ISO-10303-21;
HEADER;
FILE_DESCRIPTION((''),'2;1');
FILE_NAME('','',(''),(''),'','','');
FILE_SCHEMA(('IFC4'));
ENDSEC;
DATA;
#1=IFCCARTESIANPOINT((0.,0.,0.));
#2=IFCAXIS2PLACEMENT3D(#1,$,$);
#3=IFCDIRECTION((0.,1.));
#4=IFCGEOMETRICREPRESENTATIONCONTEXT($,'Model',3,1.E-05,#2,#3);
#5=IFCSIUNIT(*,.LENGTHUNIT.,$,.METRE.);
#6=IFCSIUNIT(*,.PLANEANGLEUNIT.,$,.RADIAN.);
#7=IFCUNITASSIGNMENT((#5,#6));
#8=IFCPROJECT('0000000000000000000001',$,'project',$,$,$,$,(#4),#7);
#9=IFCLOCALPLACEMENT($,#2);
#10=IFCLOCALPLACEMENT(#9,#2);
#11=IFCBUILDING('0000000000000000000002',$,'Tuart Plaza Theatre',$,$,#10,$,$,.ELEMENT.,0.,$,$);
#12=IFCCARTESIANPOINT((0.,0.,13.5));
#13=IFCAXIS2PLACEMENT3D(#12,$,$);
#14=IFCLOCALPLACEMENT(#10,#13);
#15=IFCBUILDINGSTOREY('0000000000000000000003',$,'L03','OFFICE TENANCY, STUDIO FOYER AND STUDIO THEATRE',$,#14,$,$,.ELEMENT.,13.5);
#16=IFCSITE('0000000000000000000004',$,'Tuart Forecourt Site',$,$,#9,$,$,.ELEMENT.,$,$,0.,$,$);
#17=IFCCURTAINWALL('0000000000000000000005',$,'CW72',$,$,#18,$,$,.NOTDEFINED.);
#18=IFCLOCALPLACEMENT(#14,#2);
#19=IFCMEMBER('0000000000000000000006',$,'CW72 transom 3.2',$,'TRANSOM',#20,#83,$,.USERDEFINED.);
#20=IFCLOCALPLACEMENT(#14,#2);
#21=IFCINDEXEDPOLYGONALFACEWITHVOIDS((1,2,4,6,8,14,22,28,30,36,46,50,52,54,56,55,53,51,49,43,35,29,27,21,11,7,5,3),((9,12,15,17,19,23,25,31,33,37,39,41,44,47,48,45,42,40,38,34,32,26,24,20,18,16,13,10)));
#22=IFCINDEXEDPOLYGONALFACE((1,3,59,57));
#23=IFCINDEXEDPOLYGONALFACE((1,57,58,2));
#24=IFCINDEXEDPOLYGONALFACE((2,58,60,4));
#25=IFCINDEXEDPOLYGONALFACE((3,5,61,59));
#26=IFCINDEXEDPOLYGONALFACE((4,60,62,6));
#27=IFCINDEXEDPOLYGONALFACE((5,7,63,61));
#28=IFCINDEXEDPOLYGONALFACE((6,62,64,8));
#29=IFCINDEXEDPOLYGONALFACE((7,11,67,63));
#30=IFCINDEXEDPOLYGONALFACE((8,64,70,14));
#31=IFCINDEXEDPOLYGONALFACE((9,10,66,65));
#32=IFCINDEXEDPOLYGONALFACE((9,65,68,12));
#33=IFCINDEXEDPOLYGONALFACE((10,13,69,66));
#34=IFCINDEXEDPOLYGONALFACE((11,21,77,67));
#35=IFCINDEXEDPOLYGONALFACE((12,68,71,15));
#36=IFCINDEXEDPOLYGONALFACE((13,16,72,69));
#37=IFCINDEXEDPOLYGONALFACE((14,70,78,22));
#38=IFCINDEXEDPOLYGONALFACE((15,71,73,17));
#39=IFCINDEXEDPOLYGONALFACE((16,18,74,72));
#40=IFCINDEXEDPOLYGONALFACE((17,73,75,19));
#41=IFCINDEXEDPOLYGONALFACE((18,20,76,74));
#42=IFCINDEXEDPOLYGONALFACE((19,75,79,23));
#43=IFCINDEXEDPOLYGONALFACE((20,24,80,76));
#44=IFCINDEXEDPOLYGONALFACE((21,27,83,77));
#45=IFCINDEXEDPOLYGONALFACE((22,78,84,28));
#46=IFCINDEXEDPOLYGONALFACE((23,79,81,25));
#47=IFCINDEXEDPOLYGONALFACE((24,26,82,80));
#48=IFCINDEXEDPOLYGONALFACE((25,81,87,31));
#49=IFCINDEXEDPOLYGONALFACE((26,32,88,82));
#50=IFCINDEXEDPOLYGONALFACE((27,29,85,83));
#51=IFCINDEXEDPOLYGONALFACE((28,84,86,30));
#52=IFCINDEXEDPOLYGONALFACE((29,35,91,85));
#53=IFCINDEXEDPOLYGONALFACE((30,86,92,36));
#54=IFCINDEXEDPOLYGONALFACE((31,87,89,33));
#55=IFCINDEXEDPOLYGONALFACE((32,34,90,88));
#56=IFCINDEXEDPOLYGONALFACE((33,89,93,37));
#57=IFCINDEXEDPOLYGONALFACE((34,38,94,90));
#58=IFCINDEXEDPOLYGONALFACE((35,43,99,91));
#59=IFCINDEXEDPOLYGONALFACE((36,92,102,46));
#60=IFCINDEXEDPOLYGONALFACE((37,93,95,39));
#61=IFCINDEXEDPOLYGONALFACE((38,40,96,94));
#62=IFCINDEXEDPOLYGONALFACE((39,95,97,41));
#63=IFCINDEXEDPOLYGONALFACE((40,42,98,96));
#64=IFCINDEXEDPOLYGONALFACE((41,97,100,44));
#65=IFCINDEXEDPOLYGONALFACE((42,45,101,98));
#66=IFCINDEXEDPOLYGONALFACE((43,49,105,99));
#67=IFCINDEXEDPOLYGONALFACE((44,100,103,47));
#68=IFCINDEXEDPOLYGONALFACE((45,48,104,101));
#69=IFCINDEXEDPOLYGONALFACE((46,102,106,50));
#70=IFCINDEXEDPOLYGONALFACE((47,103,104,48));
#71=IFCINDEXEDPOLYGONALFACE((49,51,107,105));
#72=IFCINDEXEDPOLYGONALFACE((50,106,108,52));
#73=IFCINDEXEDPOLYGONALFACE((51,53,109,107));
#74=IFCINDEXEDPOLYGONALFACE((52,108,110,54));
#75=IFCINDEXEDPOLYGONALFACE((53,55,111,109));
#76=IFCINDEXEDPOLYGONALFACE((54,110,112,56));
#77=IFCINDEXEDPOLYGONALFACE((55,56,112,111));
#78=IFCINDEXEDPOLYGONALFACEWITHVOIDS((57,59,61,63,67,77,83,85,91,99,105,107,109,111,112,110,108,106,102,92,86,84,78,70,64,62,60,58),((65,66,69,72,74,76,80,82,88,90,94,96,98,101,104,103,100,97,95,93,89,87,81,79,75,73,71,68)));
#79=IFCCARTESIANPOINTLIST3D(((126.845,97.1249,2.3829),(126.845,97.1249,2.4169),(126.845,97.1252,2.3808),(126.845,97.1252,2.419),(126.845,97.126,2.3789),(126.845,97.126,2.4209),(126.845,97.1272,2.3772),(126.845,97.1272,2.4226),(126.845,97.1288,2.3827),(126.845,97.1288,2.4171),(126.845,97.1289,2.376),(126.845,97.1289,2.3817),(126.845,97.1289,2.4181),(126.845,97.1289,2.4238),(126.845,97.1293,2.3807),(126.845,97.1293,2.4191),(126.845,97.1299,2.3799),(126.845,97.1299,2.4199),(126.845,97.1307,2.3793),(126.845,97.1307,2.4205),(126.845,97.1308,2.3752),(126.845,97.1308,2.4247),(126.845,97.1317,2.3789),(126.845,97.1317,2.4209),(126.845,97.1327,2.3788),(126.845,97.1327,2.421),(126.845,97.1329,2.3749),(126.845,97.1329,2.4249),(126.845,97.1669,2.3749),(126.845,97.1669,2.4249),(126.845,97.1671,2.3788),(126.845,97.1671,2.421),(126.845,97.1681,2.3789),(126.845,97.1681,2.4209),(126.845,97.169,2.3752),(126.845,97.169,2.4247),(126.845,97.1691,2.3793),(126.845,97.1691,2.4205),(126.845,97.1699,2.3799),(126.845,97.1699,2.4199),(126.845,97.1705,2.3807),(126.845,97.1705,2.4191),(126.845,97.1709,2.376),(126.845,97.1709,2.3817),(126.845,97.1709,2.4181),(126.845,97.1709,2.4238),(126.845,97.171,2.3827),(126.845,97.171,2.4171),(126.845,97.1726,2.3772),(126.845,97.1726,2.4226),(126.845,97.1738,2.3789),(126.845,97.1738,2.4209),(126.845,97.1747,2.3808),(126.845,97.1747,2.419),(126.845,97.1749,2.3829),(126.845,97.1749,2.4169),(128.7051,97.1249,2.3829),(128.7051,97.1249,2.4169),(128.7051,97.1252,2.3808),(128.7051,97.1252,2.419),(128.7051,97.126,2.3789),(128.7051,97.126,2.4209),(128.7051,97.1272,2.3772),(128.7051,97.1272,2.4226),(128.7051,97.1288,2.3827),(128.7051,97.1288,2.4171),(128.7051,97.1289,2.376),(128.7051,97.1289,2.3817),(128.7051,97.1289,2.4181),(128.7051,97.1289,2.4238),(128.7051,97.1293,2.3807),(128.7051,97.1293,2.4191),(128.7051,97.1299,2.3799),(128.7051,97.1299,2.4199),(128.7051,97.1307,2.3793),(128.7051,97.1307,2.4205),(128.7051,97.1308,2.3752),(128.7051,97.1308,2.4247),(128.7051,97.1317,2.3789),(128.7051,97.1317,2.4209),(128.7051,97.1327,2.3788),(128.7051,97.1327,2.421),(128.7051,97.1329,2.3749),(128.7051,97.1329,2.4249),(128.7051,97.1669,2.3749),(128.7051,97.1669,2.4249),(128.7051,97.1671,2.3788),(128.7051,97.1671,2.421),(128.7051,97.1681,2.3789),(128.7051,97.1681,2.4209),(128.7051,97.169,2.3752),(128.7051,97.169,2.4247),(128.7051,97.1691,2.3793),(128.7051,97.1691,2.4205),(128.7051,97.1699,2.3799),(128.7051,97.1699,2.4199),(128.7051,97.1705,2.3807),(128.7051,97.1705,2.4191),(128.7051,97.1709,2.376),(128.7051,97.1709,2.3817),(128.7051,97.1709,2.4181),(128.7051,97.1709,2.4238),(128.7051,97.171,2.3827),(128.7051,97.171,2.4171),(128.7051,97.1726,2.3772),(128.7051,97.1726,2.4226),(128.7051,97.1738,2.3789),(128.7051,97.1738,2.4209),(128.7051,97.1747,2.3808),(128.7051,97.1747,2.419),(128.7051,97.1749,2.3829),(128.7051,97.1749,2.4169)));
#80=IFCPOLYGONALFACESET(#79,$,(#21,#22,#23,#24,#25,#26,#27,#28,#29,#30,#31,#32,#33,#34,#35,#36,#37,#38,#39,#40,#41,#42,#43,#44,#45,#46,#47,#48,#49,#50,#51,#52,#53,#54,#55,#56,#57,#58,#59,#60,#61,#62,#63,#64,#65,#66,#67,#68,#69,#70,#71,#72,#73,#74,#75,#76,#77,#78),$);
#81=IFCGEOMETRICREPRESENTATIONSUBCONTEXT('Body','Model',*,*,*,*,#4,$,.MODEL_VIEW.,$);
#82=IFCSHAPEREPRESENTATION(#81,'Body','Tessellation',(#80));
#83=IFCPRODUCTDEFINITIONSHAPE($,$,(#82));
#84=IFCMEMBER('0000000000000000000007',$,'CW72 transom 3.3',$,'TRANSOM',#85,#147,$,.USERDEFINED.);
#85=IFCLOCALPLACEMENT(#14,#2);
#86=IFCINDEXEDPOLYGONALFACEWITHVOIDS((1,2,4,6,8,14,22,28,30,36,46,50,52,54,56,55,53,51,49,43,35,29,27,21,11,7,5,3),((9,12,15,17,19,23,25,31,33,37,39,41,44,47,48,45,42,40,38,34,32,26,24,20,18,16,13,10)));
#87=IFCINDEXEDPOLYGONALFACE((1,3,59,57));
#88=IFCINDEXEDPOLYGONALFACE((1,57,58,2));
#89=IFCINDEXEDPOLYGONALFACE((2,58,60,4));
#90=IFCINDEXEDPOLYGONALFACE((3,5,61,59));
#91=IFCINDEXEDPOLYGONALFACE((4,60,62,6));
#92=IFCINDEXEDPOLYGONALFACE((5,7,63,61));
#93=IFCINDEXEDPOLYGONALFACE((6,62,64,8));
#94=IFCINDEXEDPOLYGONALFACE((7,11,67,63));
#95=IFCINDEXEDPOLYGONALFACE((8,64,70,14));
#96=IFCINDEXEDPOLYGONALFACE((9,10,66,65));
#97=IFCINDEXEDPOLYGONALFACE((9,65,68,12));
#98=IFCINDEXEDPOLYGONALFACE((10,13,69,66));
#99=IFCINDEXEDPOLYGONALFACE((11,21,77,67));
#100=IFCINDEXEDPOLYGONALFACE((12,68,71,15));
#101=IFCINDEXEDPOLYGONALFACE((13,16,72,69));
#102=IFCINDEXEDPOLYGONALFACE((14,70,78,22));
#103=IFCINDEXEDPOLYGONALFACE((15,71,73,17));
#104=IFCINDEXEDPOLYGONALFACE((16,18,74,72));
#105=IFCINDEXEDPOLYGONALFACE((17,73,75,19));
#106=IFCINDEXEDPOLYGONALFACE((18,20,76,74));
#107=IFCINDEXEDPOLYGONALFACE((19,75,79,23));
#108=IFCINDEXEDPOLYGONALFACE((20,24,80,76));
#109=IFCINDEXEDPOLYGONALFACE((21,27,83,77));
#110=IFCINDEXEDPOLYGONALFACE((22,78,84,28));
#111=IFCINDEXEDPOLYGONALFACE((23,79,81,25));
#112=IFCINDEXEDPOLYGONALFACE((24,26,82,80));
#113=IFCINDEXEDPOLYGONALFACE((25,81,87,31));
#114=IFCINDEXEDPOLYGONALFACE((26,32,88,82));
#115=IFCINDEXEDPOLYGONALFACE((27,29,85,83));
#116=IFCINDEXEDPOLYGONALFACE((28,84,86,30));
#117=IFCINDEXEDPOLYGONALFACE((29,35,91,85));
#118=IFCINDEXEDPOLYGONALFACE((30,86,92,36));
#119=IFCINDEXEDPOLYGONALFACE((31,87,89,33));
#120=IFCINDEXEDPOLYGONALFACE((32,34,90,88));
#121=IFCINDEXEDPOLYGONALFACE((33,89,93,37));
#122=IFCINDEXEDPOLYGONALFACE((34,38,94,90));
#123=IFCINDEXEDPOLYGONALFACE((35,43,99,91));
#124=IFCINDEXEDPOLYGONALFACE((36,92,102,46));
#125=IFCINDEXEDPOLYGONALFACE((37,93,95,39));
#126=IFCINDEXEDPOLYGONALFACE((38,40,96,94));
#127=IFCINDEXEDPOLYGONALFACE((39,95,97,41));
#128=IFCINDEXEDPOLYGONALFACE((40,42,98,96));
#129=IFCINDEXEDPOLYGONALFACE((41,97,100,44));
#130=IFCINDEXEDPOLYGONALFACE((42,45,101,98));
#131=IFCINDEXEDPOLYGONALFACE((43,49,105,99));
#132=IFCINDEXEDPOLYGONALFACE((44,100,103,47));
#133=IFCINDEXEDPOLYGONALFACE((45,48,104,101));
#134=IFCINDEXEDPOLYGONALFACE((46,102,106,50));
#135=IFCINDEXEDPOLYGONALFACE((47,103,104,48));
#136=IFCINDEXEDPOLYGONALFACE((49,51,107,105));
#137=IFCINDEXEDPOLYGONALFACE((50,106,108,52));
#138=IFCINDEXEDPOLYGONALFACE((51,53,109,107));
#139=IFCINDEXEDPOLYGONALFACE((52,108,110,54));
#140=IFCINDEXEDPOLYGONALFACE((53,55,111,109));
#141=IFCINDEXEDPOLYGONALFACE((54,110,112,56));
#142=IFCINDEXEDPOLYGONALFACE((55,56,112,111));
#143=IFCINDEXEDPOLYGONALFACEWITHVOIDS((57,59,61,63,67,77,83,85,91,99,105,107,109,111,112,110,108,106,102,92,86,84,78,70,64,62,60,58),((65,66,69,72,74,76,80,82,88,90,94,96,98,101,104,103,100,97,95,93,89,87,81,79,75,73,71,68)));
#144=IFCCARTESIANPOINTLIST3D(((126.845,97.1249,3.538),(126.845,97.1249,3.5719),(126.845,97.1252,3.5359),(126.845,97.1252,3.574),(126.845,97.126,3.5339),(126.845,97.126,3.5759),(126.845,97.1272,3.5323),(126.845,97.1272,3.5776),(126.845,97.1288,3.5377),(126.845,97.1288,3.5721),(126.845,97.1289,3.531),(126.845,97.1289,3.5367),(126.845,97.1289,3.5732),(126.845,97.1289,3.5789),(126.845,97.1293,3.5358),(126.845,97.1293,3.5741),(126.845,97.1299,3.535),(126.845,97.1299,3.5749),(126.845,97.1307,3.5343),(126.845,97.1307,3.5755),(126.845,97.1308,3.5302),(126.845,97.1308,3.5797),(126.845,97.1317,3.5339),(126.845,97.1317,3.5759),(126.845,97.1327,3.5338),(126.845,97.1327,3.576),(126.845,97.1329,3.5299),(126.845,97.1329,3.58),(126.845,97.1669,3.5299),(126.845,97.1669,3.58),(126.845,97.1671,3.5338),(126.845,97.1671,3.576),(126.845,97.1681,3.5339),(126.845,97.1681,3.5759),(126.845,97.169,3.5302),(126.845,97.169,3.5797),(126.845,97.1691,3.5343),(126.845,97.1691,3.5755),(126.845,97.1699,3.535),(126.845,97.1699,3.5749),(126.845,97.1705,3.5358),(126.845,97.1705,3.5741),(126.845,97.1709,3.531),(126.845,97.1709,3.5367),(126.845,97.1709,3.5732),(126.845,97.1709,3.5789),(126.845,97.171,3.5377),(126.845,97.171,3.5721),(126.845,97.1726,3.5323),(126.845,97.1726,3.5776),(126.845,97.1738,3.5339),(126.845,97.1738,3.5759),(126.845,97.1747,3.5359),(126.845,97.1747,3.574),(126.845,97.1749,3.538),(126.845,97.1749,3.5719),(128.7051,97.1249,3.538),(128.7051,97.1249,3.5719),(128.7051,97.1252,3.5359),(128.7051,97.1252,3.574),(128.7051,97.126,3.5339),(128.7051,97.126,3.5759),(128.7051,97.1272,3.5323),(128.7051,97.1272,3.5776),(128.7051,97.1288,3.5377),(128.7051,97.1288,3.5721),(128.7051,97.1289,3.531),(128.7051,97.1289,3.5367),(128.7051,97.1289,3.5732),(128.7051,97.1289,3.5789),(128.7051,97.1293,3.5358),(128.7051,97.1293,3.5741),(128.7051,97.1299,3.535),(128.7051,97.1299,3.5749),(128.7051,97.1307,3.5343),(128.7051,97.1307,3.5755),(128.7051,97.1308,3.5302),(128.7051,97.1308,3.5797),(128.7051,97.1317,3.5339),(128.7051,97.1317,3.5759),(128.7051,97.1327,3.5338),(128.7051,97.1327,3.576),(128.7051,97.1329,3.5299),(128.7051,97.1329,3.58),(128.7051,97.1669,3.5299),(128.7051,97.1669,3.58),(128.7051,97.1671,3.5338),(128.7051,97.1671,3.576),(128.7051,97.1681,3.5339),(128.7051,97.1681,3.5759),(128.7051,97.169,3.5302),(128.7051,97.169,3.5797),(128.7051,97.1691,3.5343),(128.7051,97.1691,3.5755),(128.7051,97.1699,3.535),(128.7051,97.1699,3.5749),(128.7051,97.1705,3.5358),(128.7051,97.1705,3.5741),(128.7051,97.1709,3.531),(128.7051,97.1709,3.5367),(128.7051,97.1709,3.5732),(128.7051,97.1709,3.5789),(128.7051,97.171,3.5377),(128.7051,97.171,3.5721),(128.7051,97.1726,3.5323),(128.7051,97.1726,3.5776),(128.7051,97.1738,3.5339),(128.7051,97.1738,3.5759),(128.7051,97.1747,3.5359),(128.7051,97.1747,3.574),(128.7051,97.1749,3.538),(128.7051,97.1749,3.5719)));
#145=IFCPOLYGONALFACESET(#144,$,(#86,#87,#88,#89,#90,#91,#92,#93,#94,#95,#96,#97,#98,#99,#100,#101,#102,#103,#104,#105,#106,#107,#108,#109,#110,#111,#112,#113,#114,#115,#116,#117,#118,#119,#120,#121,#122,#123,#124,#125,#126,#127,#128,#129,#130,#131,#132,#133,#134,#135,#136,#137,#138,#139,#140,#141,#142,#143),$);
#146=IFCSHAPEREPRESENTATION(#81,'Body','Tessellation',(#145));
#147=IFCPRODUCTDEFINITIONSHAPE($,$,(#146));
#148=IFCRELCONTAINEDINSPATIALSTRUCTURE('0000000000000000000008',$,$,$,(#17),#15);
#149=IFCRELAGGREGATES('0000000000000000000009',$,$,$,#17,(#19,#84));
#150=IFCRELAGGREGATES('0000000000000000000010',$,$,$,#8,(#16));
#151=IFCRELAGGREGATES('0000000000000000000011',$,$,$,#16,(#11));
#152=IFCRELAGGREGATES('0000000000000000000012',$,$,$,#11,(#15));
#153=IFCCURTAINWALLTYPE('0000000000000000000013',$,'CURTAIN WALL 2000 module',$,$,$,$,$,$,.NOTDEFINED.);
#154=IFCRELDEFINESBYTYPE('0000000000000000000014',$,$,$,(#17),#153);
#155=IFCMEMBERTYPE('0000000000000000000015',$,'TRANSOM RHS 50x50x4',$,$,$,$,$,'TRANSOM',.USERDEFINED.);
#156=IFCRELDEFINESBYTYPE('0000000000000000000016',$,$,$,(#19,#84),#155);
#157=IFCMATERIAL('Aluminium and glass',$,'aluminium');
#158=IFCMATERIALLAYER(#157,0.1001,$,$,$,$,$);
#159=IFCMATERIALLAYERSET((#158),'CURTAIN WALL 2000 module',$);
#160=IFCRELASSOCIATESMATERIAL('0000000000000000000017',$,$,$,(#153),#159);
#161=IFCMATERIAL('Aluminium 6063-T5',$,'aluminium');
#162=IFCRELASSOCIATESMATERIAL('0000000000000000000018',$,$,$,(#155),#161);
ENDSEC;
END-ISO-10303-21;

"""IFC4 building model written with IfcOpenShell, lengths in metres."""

from ifc_helpers import new_model, si_unit, direction, frame, origin, origin_2d, place, context, subcontext, project, spatial, hollow_rectangle, extrude, material, layer, layer_set, material_profile, profile_set, type_object, element, aggregate, save


model = new_model("IFC4")

# Units and contexts
model_context = context("Model", 3, precision=1e-05, world=origin(), true_north=direction((0.0, 1.0)))
body_context = subcontext(model_context, "Body", "Model", "MODEL_VIEW")
ifc_project = project(units=[si_unit("LENGTHUNIT", "METRE"), si_unit("PLANEANGLEUNIT", "RADIAN")], contexts=[model_context])

# Site, building, storey
site_placement = place(None, origin())
site = spatial("IfcSite", under=ifc_project, at=site_placement, Name="Tuart Forecourt Site", CompositionType="ELEMENT", RefElevation=0.0)
building_placement = place(site_placement, origin())
building = spatial("IfcBuilding", under=site, at=building_placement, Name="Tuart Plaza Theatre", CompositionType="ELEMENT", ElevationOfRefHeight=0.0)
storey_placement = place(building_placement, frame((0.0, 0.0, 13.5)))
storey = spatial("IfcBuildingStorey", under=building, at=storey_placement, Name="L03", Description="OFFICE TENANCY, STUDIO FOYER AND STUDIO THEATRE", CompositionType="ELEMENT", Elevation=13.5)

# Curtain wall, members
ifc_material_1 = material(Name="Aluminium and glass", Category="aluminium")
ifc_layer_1 = layer(ifc_material_1, 0.1001)
ifc_layer_set_1 = layer_set([ifc_layer_1], Name="CURTAIN WALL 2000 module")
curtain_wall_type = type_object("IfcCurtainWallType", Name="CURTAIN WALL 2000 module", PredefinedType="NOTDEFINED", material=ifc_layer_set_1)
curtain_wall_placement = place(storey_placement, origin())
curtain_wall = element("IfcCurtainWall", 1, at=curtain_wall_placement, inside=storey, type_object=curtain_wall_type, Name="CW72", PredefinedType="NOTDEFINED")
ifc_material_2 = material(Name="Aluminium 6063-T5", Category="aluminium")
ifc_material_profile_1 = material_profile(ifc_material_2, hollow_rectangle(XDim=0.05, YDim=0.05, WallThickness=0.0039, InnerFilletRadius=0.0039, OuterFilletRadius=0.0081, at=origin_2d()), Name="RHS 50x50x4")
ifc_profile_set_1 = profile_set([ifc_material_profile_1], Name="Aluminium 6063-T5")
member_type_1 = type_object("IfcMemberType", Name="TRANSOM RHS 50x50x4", ElementType="TRANSOM", PredefinedType="USERDEFINED", material=ifc_profile_set_1)
member_1_placement = place(storey_placement, frame((128.7051, 97.1499, 2.3999), z_axis=(-1.0, 0.0, 0.0), x_axis=(0.0, -1.0, 0.0)))
member_1 = element("IfcMember", 2, at=member_1_placement, type_object=member_type_1, Name="CW72 transom 3.2", ObjectType="TRANSOM", PredefinedType="USERDEFINED", context=body_context, shape_type="SweptSolid", body=[
    extrude(hollow_rectangle(XDim=0.05, YDim=0.05, WallThickness=0.0039, InnerFilletRadius=0.0039, OuterFilletRadius=0.0081, at=origin_2d()), origin(), (0.0, 0.0, 1.0), 1.8601),
])
member_2_placement = place(storey_placement, frame((128.7051, 97.1499, 3.5549), z_axis=(-1.0, 0.0, 0.0), x_axis=(0.0, -1.0, 0.0)))
member_2 = element("IfcMember", 3, at=member_2_placement, type_object=member_type_1, Name="CW72 transom 3.3", ObjectType="TRANSOM", PredefinedType="USERDEFINED", context=body_context, shape_type="SweptSolid", body=[
    extrude(hollow_rectangle(XDim=0.05, YDim=0.05, WallThickness=0.0039, InnerFilletRadius=0.0039, OuterFilletRadius=0.0081, at=origin_2d()), origin(), (0.0, 0.0, 1.0), 1.8601),
])
aggregate(curtain_wall, [member_1, member_2])

save(model, "model.ifc")
